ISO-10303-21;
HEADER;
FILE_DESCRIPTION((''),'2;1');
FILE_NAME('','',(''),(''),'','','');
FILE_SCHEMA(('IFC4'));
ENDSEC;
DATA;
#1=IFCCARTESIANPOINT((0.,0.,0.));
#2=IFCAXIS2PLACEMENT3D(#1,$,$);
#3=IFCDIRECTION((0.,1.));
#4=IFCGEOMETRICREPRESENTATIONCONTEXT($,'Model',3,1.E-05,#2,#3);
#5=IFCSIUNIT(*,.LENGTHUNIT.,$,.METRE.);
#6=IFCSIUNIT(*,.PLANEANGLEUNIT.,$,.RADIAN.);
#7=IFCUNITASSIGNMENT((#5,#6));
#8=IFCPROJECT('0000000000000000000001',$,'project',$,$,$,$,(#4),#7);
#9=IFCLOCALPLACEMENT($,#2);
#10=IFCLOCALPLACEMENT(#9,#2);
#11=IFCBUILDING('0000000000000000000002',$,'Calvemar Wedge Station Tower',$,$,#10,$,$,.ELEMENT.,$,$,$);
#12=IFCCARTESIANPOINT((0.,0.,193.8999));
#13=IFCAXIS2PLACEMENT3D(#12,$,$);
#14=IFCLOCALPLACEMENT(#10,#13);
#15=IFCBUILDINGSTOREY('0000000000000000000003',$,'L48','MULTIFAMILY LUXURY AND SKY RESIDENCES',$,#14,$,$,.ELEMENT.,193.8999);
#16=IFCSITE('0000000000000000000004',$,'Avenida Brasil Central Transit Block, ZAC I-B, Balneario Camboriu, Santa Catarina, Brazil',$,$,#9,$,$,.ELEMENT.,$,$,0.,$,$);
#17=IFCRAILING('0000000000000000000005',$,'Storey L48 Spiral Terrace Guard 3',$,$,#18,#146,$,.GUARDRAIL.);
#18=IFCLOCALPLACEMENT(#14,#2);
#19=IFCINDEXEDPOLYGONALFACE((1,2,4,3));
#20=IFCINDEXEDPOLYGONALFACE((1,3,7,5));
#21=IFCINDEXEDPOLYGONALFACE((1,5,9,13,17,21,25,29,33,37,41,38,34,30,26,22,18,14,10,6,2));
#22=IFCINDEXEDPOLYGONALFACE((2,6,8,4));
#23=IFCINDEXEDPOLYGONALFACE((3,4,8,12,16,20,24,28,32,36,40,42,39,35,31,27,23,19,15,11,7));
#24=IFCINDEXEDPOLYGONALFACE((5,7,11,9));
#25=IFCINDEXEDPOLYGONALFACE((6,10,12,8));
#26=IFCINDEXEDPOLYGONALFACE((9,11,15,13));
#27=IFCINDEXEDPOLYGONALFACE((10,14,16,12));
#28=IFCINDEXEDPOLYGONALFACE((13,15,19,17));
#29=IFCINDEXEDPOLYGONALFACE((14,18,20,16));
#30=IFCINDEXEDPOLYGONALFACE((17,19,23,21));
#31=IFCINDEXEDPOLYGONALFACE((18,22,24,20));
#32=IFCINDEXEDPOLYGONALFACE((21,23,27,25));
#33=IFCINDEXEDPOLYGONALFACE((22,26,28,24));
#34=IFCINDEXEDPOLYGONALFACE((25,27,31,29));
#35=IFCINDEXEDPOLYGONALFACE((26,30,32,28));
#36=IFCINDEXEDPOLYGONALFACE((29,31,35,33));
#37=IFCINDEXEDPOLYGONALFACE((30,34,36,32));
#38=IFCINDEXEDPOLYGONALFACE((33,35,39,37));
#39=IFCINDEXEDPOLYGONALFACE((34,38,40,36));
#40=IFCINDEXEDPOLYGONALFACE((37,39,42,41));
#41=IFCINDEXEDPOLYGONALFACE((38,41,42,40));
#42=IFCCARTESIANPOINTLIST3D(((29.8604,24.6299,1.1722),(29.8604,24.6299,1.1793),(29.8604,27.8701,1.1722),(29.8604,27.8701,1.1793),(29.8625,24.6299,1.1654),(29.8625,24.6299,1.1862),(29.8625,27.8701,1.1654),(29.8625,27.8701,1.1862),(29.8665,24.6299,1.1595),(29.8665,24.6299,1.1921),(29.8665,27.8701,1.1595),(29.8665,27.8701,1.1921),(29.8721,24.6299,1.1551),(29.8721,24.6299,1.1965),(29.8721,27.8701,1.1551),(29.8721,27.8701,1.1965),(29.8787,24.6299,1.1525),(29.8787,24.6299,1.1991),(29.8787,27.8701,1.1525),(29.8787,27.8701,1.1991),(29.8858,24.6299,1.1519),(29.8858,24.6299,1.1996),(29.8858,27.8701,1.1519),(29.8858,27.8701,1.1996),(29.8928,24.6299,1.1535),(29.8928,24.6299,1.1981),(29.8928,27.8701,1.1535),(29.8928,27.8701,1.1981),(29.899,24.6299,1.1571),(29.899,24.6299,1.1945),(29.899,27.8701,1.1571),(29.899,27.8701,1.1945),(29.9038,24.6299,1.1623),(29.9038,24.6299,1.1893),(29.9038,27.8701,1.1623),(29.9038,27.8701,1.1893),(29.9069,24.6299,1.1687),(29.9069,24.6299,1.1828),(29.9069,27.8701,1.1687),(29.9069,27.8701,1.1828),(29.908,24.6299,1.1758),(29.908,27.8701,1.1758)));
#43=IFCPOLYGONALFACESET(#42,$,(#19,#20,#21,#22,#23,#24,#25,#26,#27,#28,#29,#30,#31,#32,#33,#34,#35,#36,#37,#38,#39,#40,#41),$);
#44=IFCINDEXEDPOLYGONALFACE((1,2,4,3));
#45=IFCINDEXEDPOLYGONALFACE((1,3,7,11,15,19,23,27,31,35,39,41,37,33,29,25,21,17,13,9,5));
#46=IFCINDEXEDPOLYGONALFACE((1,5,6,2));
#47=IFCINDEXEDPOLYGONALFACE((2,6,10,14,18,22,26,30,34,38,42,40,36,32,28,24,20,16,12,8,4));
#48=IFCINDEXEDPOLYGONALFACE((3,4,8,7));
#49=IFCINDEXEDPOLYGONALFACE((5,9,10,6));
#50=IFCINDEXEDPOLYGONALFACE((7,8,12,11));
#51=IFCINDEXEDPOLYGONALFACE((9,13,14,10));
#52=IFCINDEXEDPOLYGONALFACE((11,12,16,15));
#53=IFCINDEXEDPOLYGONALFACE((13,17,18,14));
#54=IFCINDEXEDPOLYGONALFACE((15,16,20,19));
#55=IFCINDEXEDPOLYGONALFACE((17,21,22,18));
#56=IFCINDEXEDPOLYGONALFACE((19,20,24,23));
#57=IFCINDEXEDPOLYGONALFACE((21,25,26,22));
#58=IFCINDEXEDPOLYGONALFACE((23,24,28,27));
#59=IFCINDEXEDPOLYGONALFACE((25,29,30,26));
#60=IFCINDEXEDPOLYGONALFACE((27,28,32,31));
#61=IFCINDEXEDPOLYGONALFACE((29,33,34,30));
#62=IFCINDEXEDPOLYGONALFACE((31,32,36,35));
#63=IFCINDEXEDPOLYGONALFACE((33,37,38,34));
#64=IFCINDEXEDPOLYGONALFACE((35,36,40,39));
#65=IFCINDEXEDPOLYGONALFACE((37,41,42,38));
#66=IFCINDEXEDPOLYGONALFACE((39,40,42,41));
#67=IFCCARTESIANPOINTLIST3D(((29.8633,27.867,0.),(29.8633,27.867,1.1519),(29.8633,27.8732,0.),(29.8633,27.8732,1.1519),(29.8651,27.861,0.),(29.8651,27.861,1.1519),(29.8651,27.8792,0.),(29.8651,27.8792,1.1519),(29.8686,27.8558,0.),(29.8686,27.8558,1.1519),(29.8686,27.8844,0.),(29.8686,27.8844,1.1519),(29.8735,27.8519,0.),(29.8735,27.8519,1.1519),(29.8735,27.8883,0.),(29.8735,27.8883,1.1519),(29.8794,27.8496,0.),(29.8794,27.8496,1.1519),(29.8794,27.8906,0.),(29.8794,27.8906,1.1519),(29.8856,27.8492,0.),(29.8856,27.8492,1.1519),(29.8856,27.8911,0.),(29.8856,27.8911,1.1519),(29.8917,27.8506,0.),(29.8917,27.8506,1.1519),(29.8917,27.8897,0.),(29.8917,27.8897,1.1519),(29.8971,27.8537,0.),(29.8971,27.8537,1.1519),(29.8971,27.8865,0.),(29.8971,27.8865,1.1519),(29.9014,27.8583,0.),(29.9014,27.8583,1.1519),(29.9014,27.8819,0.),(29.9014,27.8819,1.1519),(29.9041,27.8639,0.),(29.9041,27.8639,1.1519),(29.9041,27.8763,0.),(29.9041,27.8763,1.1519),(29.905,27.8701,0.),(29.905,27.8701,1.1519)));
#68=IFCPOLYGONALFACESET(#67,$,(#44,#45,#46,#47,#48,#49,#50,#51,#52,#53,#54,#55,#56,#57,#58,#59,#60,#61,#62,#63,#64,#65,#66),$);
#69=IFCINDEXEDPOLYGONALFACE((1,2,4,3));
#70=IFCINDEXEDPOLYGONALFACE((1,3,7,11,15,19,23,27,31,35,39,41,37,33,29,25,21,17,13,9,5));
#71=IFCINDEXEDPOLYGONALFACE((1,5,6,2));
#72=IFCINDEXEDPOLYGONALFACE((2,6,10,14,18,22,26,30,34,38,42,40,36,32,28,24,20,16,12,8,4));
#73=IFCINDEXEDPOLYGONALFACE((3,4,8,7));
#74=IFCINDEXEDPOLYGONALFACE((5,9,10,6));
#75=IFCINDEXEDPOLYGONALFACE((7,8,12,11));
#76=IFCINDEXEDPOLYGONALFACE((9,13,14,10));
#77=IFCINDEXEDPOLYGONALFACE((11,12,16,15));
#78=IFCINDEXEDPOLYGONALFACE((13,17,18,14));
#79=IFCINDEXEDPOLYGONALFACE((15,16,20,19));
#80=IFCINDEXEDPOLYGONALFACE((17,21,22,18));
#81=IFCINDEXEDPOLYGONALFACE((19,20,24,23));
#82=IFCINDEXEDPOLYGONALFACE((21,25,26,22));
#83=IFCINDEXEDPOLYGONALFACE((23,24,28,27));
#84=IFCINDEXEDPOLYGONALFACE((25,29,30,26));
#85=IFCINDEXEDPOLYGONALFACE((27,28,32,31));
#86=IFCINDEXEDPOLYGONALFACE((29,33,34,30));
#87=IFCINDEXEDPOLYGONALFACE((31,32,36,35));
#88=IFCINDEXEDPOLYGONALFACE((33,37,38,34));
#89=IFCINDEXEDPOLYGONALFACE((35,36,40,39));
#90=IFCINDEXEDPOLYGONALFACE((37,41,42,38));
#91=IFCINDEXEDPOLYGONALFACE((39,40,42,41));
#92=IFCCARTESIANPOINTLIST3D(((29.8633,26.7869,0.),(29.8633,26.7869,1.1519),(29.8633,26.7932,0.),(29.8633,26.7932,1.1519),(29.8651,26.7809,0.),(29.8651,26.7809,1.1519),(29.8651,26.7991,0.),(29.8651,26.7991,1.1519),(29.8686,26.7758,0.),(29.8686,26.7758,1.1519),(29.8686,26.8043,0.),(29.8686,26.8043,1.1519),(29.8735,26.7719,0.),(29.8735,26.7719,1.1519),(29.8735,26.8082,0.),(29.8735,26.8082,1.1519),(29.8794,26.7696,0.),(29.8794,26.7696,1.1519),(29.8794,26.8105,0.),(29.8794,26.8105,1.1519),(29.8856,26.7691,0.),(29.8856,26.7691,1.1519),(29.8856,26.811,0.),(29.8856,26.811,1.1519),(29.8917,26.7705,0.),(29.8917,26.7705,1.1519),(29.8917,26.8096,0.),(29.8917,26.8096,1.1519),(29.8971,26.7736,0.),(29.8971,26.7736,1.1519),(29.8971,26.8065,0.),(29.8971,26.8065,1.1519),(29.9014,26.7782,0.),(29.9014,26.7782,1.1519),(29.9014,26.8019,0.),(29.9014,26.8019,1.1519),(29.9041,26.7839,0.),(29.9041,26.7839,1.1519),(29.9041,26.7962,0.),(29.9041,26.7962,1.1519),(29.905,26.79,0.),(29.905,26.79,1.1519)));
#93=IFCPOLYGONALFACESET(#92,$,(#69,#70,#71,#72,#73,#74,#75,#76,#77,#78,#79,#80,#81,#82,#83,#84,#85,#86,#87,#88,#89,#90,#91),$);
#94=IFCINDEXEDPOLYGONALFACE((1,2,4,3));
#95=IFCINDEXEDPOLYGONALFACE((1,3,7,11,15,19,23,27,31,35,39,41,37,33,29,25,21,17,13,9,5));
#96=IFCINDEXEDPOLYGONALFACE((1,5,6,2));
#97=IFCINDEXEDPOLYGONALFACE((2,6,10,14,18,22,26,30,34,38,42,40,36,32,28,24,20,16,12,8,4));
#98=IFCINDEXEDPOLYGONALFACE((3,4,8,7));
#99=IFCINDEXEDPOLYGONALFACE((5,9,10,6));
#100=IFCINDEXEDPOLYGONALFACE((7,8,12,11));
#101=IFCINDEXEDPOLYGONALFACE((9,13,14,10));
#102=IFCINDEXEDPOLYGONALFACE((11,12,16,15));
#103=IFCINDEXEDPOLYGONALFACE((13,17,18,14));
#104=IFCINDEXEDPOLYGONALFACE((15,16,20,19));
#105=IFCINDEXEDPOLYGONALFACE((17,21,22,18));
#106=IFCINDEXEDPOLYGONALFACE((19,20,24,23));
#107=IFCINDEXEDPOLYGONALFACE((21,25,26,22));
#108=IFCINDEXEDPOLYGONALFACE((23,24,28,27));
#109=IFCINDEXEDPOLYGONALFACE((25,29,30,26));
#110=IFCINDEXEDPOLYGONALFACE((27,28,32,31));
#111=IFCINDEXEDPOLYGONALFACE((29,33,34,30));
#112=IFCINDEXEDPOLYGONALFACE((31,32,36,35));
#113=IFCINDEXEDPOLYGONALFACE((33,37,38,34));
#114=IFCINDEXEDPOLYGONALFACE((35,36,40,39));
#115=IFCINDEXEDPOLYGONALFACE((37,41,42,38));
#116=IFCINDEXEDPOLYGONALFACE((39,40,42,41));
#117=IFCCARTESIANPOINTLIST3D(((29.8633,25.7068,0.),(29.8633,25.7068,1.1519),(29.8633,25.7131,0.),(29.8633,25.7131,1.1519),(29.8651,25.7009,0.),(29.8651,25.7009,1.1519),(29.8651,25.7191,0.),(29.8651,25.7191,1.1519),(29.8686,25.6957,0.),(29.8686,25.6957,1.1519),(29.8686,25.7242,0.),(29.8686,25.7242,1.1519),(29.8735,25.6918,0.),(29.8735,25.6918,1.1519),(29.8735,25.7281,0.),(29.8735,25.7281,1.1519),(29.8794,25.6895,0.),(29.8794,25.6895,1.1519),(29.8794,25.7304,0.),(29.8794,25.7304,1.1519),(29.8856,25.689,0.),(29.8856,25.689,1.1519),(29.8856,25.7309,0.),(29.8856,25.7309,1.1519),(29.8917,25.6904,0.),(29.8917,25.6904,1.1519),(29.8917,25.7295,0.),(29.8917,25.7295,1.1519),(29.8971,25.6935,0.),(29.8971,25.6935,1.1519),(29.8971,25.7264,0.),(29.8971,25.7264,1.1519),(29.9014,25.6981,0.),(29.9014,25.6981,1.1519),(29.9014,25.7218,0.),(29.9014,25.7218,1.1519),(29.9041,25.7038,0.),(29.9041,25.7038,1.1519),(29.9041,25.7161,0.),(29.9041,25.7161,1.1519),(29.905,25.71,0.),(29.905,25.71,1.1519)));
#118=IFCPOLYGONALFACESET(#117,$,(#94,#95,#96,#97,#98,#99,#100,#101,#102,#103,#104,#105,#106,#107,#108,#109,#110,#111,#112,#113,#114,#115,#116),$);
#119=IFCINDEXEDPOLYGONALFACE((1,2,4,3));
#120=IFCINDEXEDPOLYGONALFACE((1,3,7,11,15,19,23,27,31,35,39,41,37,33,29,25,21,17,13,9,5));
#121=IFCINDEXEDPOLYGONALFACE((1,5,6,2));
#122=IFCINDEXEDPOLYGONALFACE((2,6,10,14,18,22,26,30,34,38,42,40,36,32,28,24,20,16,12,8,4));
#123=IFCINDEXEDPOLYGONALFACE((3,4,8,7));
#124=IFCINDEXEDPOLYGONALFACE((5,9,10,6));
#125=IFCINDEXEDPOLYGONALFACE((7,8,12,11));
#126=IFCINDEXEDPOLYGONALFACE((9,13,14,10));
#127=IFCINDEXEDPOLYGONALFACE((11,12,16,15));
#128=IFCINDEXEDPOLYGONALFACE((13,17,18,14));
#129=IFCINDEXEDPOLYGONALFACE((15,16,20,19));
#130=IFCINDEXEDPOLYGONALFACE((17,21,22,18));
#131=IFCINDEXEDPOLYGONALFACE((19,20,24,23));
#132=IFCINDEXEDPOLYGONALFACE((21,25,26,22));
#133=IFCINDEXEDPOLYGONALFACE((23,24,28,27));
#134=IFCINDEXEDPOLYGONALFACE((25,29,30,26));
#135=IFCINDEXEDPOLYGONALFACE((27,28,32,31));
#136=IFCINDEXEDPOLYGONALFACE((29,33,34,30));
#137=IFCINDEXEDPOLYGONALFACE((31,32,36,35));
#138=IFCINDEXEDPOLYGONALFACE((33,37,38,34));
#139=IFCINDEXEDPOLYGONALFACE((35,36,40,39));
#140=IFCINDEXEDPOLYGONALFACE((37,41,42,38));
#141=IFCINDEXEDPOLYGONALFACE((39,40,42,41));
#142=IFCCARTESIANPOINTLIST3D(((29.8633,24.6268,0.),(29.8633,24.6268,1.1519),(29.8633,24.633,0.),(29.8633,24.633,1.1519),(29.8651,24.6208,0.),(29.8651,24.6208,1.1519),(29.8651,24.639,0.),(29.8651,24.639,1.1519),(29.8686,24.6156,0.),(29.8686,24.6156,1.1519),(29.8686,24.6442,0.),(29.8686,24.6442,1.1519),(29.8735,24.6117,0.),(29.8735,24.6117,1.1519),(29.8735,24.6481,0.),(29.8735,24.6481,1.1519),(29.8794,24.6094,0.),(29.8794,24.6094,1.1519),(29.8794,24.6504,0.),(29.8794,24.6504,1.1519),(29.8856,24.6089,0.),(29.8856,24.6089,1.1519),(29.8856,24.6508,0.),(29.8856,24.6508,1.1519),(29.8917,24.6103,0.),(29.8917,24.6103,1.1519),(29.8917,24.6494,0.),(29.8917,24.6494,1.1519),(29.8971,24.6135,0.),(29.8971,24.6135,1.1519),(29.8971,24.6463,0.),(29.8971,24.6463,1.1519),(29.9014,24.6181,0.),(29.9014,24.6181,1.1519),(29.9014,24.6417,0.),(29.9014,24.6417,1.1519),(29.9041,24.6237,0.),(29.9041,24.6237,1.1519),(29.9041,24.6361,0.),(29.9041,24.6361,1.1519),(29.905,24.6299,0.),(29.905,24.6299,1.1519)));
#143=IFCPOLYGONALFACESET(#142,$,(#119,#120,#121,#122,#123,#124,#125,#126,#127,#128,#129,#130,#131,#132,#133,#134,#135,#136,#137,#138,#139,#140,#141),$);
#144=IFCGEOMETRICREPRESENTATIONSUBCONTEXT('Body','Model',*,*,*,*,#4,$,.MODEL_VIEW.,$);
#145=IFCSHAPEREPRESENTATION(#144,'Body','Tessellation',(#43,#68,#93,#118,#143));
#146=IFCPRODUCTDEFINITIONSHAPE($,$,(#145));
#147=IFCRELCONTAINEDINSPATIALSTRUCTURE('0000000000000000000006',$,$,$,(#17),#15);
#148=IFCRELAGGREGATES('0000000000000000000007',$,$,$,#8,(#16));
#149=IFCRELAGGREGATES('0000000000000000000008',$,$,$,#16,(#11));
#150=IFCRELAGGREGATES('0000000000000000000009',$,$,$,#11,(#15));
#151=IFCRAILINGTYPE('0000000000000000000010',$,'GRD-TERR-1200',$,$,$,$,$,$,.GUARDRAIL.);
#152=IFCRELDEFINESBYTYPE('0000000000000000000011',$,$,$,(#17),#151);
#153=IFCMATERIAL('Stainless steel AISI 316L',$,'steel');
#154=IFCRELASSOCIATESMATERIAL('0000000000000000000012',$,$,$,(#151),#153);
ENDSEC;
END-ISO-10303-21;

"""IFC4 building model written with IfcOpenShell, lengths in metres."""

from ifc_helpers import new_model, si_unit, direction, frame, origin, origin_2d, place, context, subcontext, project, spatial, circle, extrude, material, type_object, element, save


model = new_model("IFC4")

# Units and contexts
model_context = context("Model", 3, precision=1e-05, world=origin(), true_north=direction((0.0, 1.0)))
body_context = subcontext(model_context, "Body", "Model", "MODEL_VIEW")
ifc_project = project(units=[si_unit("LENGTHUNIT", "METRE"), si_unit("PLANEANGLEUNIT", "RADIAN")], contexts=[model_context])

# Site, building, storey
site_placement = place(None, origin())
site = spatial("IfcSite", under=ifc_project, at=site_placement, Name="Avenida Brasil Central Transit Block, ZAC I-B, Balneario Camboriu, Santa Catarina, Brazil", CompositionType="ELEMENT", RefElevation=0.0)
building_placement = place(site_placement, origin())
building = spatial("IfcBuilding", under=site, at=building_placement, Name="Calvemar Wedge Station Tower", CompositionType="ELEMENT")
storey_placement = place(building_placement, frame((0.0, 0.0, 193.8999)))
storey = spatial("IfcBuildingStorey", under=building, at=storey_placement, Name="L48", Description="MULTIFAMILY LUXURY AND SKY RESIDENCES", CompositionType="ELEMENT", Elevation=193.8999)

# Railing
ifc_material_1 = material(Name="Stainless steel AISI 316L", Category="steel")
railing_type = type_object("IfcRailingType", Name="GRD-TERR-1200", PredefinedType="GUARDRAIL", material=ifc_material_1)
railing_1_placement = place(storey_placement, frame((29.884, 27.8701, 0.0)))
element("IfcRailing", 1, at=railing_1_placement, inside=storey, type_object=railing_type, Name="Storey L48 Spiral Terrace Guard 3", PredefinedType="GUARDRAIL", context=body_context, shape_type="SweptSolid", body=[
    extrude(circle(Radius=0.0239, at=origin_2d()), frame((0.0, 0.0, 1.1758), z_axis=(0.0, -1.0, 0.0), x_axis=(1.0, 0.0, 0.0)), (0.0, 0.0, 1.0), 3.2402),
    extrude(circle(Radius=0.021, at=origin_2d()), origin(), (0.0, 0.0, 1.0), 1.1519),
    extrude(circle(Radius=0.021, at=origin_2d()), frame((0.0, -1.0801, 0.0)), (0.0, 0.0, 1.0), 1.1519),
    extrude(circle(Radius=0.021, at=origin_2d()), frame((0.0, -2.1602, 0.0)), (0.0, 0.0, 1.0), 1.1519),
    extrude(circle(Radius=0.021, at=origin_2d()), frame((0.0, -3.2402, 0.0)), (0.0, 0.0, 1.0), 1.1519),
])

save(model, "model.ifc")
